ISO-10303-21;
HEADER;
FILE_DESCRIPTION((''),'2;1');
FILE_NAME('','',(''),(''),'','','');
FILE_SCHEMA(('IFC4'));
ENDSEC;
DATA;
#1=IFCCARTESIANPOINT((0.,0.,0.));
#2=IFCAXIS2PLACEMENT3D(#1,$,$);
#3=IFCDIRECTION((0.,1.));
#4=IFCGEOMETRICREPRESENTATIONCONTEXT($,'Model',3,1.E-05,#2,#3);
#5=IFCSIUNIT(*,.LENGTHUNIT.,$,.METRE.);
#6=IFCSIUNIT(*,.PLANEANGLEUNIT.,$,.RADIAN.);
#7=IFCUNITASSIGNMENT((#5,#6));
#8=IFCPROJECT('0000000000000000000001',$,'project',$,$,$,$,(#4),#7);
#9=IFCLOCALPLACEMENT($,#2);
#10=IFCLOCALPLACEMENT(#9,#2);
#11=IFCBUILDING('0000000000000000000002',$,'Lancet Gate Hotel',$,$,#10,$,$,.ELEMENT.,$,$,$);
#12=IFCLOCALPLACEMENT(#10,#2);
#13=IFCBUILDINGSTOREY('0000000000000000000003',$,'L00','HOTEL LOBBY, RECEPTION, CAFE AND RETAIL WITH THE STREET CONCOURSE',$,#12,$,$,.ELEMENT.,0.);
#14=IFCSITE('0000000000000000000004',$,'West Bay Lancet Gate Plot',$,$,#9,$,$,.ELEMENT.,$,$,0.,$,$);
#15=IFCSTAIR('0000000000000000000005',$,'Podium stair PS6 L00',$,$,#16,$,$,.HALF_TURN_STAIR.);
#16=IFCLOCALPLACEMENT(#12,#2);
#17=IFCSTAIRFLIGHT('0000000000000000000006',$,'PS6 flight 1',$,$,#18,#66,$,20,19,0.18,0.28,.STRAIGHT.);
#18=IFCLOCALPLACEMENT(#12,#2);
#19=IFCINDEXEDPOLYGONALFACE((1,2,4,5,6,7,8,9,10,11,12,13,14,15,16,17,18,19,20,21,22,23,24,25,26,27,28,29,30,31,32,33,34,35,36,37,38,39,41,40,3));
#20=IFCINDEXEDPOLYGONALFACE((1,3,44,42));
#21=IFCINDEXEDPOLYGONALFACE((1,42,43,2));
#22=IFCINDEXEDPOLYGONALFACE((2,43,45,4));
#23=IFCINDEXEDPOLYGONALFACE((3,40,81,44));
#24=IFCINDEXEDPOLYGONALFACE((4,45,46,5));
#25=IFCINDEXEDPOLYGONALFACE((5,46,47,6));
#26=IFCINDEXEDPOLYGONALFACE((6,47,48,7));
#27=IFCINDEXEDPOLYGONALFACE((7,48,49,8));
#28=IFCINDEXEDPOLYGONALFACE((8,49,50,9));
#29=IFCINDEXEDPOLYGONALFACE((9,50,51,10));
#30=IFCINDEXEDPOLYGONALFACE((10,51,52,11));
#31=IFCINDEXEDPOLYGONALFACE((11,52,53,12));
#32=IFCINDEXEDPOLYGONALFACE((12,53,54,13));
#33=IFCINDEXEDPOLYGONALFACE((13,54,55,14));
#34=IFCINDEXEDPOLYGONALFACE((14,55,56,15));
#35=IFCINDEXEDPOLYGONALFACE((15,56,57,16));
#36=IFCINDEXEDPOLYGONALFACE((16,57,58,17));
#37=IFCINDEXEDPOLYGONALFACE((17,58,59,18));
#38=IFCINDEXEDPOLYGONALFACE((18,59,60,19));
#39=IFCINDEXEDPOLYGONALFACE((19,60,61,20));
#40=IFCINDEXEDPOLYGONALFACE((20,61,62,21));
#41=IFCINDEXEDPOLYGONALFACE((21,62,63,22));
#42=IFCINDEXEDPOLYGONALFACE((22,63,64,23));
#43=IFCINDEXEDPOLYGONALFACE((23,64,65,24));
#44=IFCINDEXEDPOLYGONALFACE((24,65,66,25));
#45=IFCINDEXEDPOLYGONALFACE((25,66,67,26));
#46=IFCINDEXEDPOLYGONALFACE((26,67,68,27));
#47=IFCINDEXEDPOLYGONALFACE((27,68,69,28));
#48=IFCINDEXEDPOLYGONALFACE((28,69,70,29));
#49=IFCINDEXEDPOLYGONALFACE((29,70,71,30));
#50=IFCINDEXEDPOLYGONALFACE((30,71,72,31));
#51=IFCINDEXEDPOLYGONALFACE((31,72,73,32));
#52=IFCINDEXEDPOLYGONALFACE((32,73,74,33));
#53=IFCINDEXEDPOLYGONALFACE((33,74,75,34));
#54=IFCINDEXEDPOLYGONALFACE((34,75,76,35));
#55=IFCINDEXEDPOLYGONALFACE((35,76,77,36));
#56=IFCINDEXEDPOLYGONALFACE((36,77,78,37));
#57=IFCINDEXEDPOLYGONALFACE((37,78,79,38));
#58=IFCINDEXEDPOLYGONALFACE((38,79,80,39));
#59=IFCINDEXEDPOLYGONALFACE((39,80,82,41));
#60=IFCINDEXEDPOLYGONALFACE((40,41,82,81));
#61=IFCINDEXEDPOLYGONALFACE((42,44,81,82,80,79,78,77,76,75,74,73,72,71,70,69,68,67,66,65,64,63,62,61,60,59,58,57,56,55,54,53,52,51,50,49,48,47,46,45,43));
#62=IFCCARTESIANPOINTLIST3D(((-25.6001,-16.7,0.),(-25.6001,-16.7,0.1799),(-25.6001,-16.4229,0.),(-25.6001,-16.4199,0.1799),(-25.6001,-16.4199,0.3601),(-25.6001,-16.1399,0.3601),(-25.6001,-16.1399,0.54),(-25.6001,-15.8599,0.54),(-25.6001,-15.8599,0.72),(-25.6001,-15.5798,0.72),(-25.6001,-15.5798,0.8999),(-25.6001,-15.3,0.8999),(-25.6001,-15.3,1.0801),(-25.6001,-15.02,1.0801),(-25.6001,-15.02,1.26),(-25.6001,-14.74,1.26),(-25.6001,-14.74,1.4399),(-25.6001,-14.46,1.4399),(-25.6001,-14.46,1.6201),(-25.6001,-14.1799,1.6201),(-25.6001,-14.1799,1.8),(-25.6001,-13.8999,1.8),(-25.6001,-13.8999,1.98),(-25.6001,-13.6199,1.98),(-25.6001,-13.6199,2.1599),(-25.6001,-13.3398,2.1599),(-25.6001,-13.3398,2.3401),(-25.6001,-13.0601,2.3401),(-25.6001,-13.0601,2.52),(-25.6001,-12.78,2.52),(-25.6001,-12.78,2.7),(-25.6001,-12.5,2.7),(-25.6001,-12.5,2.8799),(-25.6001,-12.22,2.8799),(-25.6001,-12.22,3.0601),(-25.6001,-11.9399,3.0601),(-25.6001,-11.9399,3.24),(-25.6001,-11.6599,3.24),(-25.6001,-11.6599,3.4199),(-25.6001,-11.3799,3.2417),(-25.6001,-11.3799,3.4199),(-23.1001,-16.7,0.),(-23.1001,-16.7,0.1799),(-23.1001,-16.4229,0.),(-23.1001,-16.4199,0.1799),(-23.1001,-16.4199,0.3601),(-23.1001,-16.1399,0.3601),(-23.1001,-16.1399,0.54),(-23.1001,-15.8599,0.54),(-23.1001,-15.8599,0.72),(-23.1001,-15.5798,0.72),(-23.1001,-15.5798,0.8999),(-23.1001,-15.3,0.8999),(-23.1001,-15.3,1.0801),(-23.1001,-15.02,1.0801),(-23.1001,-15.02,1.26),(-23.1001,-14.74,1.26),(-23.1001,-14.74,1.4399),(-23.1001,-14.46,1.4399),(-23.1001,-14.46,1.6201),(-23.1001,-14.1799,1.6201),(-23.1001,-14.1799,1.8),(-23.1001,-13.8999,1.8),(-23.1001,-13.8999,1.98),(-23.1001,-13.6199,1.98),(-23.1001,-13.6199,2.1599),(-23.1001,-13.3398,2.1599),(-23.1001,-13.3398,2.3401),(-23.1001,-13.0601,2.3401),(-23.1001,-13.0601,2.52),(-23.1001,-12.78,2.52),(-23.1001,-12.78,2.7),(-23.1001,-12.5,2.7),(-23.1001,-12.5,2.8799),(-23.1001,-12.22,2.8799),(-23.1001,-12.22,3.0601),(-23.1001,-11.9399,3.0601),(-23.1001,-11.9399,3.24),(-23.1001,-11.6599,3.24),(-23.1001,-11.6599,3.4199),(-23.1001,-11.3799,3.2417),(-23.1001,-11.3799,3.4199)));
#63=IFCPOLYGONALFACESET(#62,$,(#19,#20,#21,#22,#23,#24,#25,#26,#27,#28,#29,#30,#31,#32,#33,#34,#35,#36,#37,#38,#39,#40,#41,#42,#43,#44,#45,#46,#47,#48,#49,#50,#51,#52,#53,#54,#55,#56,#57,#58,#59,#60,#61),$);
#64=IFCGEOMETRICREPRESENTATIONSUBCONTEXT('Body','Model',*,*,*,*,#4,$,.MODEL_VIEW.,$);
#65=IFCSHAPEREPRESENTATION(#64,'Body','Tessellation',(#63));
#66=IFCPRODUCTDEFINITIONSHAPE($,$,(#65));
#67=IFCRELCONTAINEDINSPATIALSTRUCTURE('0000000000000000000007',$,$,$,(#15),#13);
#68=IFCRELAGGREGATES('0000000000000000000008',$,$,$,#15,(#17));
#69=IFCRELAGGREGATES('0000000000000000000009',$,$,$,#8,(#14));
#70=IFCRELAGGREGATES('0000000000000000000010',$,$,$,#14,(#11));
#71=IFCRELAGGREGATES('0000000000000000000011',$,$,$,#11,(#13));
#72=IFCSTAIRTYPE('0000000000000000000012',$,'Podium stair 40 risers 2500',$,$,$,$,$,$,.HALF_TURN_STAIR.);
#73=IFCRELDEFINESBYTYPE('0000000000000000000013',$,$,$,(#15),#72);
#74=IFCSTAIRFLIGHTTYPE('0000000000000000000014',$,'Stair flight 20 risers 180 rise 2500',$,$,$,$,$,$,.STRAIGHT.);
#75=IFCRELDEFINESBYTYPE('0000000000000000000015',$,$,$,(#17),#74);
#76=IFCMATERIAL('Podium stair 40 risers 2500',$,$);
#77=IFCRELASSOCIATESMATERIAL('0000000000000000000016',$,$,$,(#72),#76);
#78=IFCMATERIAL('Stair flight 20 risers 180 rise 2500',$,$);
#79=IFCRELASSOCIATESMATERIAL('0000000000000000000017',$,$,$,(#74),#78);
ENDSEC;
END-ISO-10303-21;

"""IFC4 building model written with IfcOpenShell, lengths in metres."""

from ifc_helpers import new_model, si_unit, direction, frame, origin, place, context, subcontext, project, spatial, polyline, outline, extrude, material, type_object, element, aggregate, save


model = new_model("IFC4")

# Units and contexts
model_context = context("Model", 3, precision=1e-05, world=origin(), true_north=direction((0.0, 1.0)))
body_context = subcontext(model_context, "Body", "Model", "MODEL_VIEW")
ifc_project = project(units=[si_unit("LENGTHUNIT", "METRE"), si_unit("PLANEANGLEUNIT", "RADIAN")], contexts=[model_context])

# Site, building, storey
site_placement = place(None, origin())
site = spatial("IfcSite", under=ifc_project, at=site_placement, Name="West Bay Lancet Gate Plot", CompositionType="ELEMENT", RefElevation=0.0)
building_placement = place(site_placement, origin())
building = spatial("IfcBuilding", under=site, at=building_placement, Name="Lancet Gate Hotel", CompositionType="ELEMENT")
storey_placement = place(building_placement, origin())
storey = spatial("IfcBuildingStorey", under=building, at=storey_placement, Name="L00", Description="HOTEL LOBBY, RECEPTION, CAFE AND RETAIL WITH THE STREET CONCOURSE", CompositionType="ELEMENT", Elevation=0.0)

# Stair, stair flight
ifc_material_1 = material(Name="Podium stair 40 risers 2500")
stair_type = type_object("IfcStairType", Name="Podium stair 40 risers 2500", PredefinedType="HALF_TURN_STAIR", material=ifc_material_1)
stair_placement = place(storey_placement, origin())
stair = element("IfcStair", 1, at=stair_placement, inside=storey, type_object=stair_type, Name="Podium stair PS6 L00", PredefinedType="HALF_TURN_STAIR")
ifc_material_2 = material(Name="Stair flight 20 risers 180 rise 2500")
stair_flight_type = type_object("IfcStairFlightType", Name="Stair flight 20 risers 180 rise 2500", PredefinedType="STRAIGHT", material=ifc_material_2)
stair_flight_placement = place(storey_placement, frame((-24.3501, -16.7, 0.0), z_axis=(0.0, 0.0, 1.0), x_axis=(0.0, 1.0, 0.0)))
stair_flight = element("IfcStairFlight", 2, at=stair_flight_placement, type_object=stair_flight_type, Name="PS6 flight 1", NumberOfRisers=20, NumberOfTreads=19, PredefinedType="STRAIGHT", RiserHeight=0.18, TreadLength=0.28, context=body_context, shape_type="SweptSolid", body=[
    extrude(outline(polyline([(0.0, 0.0), (0.0, 0.1799), (0.28, 0.1799), (0.28, 0.3601), (0.5601, 0.3601), (0.5601, 0.54), (0.8401, 0.54), (0.8401, 0.72), (1.1201, 0.72), (1.1201, 0.8999), (1.3999, 0.8999), (1.3999, 1.0801), (1.6799, 1.0801), (1.6799, 1.26), (1.96, 1.26), (1.96, 1.4399), (2.24, 1.4399), (2.24, 1.6201), (2.52, 1.6201), (2.52, 1.8), (2.8, 1.8), (2.8, 1.98), (3.0801, 1.98), (3.0801, 2.1599), (3.3601, 2.1599), (3.3601, 2.3401), (3.6399, 2.3401), (3.6399, 2.52), (3.9199, 2.52), (3.9199, 2.7), (4.2, 2.7), (4.2, 2.8799), (4.48, 2.8799), (4.48, 3.0601), (4.76, 3.0601), (4.76, 3.24), (5.04, 3.24), (5.04, 3.4199), (5.3201, 3.4199), (5.3201, 3.6001), (5.3201, 3.2417), (0.2771, 0.0), (0.0, 0.0)])), frame((0.0, 1.25, 0.0), z_axis=(0.0, -1.0, 0.0), x_axis=(1.0, 0.0, 0.0)), (0.0, 0.0, 1.0), 2.5),
])
aggregate(stair, [stair_flight])

save(model, "model.ifc")
